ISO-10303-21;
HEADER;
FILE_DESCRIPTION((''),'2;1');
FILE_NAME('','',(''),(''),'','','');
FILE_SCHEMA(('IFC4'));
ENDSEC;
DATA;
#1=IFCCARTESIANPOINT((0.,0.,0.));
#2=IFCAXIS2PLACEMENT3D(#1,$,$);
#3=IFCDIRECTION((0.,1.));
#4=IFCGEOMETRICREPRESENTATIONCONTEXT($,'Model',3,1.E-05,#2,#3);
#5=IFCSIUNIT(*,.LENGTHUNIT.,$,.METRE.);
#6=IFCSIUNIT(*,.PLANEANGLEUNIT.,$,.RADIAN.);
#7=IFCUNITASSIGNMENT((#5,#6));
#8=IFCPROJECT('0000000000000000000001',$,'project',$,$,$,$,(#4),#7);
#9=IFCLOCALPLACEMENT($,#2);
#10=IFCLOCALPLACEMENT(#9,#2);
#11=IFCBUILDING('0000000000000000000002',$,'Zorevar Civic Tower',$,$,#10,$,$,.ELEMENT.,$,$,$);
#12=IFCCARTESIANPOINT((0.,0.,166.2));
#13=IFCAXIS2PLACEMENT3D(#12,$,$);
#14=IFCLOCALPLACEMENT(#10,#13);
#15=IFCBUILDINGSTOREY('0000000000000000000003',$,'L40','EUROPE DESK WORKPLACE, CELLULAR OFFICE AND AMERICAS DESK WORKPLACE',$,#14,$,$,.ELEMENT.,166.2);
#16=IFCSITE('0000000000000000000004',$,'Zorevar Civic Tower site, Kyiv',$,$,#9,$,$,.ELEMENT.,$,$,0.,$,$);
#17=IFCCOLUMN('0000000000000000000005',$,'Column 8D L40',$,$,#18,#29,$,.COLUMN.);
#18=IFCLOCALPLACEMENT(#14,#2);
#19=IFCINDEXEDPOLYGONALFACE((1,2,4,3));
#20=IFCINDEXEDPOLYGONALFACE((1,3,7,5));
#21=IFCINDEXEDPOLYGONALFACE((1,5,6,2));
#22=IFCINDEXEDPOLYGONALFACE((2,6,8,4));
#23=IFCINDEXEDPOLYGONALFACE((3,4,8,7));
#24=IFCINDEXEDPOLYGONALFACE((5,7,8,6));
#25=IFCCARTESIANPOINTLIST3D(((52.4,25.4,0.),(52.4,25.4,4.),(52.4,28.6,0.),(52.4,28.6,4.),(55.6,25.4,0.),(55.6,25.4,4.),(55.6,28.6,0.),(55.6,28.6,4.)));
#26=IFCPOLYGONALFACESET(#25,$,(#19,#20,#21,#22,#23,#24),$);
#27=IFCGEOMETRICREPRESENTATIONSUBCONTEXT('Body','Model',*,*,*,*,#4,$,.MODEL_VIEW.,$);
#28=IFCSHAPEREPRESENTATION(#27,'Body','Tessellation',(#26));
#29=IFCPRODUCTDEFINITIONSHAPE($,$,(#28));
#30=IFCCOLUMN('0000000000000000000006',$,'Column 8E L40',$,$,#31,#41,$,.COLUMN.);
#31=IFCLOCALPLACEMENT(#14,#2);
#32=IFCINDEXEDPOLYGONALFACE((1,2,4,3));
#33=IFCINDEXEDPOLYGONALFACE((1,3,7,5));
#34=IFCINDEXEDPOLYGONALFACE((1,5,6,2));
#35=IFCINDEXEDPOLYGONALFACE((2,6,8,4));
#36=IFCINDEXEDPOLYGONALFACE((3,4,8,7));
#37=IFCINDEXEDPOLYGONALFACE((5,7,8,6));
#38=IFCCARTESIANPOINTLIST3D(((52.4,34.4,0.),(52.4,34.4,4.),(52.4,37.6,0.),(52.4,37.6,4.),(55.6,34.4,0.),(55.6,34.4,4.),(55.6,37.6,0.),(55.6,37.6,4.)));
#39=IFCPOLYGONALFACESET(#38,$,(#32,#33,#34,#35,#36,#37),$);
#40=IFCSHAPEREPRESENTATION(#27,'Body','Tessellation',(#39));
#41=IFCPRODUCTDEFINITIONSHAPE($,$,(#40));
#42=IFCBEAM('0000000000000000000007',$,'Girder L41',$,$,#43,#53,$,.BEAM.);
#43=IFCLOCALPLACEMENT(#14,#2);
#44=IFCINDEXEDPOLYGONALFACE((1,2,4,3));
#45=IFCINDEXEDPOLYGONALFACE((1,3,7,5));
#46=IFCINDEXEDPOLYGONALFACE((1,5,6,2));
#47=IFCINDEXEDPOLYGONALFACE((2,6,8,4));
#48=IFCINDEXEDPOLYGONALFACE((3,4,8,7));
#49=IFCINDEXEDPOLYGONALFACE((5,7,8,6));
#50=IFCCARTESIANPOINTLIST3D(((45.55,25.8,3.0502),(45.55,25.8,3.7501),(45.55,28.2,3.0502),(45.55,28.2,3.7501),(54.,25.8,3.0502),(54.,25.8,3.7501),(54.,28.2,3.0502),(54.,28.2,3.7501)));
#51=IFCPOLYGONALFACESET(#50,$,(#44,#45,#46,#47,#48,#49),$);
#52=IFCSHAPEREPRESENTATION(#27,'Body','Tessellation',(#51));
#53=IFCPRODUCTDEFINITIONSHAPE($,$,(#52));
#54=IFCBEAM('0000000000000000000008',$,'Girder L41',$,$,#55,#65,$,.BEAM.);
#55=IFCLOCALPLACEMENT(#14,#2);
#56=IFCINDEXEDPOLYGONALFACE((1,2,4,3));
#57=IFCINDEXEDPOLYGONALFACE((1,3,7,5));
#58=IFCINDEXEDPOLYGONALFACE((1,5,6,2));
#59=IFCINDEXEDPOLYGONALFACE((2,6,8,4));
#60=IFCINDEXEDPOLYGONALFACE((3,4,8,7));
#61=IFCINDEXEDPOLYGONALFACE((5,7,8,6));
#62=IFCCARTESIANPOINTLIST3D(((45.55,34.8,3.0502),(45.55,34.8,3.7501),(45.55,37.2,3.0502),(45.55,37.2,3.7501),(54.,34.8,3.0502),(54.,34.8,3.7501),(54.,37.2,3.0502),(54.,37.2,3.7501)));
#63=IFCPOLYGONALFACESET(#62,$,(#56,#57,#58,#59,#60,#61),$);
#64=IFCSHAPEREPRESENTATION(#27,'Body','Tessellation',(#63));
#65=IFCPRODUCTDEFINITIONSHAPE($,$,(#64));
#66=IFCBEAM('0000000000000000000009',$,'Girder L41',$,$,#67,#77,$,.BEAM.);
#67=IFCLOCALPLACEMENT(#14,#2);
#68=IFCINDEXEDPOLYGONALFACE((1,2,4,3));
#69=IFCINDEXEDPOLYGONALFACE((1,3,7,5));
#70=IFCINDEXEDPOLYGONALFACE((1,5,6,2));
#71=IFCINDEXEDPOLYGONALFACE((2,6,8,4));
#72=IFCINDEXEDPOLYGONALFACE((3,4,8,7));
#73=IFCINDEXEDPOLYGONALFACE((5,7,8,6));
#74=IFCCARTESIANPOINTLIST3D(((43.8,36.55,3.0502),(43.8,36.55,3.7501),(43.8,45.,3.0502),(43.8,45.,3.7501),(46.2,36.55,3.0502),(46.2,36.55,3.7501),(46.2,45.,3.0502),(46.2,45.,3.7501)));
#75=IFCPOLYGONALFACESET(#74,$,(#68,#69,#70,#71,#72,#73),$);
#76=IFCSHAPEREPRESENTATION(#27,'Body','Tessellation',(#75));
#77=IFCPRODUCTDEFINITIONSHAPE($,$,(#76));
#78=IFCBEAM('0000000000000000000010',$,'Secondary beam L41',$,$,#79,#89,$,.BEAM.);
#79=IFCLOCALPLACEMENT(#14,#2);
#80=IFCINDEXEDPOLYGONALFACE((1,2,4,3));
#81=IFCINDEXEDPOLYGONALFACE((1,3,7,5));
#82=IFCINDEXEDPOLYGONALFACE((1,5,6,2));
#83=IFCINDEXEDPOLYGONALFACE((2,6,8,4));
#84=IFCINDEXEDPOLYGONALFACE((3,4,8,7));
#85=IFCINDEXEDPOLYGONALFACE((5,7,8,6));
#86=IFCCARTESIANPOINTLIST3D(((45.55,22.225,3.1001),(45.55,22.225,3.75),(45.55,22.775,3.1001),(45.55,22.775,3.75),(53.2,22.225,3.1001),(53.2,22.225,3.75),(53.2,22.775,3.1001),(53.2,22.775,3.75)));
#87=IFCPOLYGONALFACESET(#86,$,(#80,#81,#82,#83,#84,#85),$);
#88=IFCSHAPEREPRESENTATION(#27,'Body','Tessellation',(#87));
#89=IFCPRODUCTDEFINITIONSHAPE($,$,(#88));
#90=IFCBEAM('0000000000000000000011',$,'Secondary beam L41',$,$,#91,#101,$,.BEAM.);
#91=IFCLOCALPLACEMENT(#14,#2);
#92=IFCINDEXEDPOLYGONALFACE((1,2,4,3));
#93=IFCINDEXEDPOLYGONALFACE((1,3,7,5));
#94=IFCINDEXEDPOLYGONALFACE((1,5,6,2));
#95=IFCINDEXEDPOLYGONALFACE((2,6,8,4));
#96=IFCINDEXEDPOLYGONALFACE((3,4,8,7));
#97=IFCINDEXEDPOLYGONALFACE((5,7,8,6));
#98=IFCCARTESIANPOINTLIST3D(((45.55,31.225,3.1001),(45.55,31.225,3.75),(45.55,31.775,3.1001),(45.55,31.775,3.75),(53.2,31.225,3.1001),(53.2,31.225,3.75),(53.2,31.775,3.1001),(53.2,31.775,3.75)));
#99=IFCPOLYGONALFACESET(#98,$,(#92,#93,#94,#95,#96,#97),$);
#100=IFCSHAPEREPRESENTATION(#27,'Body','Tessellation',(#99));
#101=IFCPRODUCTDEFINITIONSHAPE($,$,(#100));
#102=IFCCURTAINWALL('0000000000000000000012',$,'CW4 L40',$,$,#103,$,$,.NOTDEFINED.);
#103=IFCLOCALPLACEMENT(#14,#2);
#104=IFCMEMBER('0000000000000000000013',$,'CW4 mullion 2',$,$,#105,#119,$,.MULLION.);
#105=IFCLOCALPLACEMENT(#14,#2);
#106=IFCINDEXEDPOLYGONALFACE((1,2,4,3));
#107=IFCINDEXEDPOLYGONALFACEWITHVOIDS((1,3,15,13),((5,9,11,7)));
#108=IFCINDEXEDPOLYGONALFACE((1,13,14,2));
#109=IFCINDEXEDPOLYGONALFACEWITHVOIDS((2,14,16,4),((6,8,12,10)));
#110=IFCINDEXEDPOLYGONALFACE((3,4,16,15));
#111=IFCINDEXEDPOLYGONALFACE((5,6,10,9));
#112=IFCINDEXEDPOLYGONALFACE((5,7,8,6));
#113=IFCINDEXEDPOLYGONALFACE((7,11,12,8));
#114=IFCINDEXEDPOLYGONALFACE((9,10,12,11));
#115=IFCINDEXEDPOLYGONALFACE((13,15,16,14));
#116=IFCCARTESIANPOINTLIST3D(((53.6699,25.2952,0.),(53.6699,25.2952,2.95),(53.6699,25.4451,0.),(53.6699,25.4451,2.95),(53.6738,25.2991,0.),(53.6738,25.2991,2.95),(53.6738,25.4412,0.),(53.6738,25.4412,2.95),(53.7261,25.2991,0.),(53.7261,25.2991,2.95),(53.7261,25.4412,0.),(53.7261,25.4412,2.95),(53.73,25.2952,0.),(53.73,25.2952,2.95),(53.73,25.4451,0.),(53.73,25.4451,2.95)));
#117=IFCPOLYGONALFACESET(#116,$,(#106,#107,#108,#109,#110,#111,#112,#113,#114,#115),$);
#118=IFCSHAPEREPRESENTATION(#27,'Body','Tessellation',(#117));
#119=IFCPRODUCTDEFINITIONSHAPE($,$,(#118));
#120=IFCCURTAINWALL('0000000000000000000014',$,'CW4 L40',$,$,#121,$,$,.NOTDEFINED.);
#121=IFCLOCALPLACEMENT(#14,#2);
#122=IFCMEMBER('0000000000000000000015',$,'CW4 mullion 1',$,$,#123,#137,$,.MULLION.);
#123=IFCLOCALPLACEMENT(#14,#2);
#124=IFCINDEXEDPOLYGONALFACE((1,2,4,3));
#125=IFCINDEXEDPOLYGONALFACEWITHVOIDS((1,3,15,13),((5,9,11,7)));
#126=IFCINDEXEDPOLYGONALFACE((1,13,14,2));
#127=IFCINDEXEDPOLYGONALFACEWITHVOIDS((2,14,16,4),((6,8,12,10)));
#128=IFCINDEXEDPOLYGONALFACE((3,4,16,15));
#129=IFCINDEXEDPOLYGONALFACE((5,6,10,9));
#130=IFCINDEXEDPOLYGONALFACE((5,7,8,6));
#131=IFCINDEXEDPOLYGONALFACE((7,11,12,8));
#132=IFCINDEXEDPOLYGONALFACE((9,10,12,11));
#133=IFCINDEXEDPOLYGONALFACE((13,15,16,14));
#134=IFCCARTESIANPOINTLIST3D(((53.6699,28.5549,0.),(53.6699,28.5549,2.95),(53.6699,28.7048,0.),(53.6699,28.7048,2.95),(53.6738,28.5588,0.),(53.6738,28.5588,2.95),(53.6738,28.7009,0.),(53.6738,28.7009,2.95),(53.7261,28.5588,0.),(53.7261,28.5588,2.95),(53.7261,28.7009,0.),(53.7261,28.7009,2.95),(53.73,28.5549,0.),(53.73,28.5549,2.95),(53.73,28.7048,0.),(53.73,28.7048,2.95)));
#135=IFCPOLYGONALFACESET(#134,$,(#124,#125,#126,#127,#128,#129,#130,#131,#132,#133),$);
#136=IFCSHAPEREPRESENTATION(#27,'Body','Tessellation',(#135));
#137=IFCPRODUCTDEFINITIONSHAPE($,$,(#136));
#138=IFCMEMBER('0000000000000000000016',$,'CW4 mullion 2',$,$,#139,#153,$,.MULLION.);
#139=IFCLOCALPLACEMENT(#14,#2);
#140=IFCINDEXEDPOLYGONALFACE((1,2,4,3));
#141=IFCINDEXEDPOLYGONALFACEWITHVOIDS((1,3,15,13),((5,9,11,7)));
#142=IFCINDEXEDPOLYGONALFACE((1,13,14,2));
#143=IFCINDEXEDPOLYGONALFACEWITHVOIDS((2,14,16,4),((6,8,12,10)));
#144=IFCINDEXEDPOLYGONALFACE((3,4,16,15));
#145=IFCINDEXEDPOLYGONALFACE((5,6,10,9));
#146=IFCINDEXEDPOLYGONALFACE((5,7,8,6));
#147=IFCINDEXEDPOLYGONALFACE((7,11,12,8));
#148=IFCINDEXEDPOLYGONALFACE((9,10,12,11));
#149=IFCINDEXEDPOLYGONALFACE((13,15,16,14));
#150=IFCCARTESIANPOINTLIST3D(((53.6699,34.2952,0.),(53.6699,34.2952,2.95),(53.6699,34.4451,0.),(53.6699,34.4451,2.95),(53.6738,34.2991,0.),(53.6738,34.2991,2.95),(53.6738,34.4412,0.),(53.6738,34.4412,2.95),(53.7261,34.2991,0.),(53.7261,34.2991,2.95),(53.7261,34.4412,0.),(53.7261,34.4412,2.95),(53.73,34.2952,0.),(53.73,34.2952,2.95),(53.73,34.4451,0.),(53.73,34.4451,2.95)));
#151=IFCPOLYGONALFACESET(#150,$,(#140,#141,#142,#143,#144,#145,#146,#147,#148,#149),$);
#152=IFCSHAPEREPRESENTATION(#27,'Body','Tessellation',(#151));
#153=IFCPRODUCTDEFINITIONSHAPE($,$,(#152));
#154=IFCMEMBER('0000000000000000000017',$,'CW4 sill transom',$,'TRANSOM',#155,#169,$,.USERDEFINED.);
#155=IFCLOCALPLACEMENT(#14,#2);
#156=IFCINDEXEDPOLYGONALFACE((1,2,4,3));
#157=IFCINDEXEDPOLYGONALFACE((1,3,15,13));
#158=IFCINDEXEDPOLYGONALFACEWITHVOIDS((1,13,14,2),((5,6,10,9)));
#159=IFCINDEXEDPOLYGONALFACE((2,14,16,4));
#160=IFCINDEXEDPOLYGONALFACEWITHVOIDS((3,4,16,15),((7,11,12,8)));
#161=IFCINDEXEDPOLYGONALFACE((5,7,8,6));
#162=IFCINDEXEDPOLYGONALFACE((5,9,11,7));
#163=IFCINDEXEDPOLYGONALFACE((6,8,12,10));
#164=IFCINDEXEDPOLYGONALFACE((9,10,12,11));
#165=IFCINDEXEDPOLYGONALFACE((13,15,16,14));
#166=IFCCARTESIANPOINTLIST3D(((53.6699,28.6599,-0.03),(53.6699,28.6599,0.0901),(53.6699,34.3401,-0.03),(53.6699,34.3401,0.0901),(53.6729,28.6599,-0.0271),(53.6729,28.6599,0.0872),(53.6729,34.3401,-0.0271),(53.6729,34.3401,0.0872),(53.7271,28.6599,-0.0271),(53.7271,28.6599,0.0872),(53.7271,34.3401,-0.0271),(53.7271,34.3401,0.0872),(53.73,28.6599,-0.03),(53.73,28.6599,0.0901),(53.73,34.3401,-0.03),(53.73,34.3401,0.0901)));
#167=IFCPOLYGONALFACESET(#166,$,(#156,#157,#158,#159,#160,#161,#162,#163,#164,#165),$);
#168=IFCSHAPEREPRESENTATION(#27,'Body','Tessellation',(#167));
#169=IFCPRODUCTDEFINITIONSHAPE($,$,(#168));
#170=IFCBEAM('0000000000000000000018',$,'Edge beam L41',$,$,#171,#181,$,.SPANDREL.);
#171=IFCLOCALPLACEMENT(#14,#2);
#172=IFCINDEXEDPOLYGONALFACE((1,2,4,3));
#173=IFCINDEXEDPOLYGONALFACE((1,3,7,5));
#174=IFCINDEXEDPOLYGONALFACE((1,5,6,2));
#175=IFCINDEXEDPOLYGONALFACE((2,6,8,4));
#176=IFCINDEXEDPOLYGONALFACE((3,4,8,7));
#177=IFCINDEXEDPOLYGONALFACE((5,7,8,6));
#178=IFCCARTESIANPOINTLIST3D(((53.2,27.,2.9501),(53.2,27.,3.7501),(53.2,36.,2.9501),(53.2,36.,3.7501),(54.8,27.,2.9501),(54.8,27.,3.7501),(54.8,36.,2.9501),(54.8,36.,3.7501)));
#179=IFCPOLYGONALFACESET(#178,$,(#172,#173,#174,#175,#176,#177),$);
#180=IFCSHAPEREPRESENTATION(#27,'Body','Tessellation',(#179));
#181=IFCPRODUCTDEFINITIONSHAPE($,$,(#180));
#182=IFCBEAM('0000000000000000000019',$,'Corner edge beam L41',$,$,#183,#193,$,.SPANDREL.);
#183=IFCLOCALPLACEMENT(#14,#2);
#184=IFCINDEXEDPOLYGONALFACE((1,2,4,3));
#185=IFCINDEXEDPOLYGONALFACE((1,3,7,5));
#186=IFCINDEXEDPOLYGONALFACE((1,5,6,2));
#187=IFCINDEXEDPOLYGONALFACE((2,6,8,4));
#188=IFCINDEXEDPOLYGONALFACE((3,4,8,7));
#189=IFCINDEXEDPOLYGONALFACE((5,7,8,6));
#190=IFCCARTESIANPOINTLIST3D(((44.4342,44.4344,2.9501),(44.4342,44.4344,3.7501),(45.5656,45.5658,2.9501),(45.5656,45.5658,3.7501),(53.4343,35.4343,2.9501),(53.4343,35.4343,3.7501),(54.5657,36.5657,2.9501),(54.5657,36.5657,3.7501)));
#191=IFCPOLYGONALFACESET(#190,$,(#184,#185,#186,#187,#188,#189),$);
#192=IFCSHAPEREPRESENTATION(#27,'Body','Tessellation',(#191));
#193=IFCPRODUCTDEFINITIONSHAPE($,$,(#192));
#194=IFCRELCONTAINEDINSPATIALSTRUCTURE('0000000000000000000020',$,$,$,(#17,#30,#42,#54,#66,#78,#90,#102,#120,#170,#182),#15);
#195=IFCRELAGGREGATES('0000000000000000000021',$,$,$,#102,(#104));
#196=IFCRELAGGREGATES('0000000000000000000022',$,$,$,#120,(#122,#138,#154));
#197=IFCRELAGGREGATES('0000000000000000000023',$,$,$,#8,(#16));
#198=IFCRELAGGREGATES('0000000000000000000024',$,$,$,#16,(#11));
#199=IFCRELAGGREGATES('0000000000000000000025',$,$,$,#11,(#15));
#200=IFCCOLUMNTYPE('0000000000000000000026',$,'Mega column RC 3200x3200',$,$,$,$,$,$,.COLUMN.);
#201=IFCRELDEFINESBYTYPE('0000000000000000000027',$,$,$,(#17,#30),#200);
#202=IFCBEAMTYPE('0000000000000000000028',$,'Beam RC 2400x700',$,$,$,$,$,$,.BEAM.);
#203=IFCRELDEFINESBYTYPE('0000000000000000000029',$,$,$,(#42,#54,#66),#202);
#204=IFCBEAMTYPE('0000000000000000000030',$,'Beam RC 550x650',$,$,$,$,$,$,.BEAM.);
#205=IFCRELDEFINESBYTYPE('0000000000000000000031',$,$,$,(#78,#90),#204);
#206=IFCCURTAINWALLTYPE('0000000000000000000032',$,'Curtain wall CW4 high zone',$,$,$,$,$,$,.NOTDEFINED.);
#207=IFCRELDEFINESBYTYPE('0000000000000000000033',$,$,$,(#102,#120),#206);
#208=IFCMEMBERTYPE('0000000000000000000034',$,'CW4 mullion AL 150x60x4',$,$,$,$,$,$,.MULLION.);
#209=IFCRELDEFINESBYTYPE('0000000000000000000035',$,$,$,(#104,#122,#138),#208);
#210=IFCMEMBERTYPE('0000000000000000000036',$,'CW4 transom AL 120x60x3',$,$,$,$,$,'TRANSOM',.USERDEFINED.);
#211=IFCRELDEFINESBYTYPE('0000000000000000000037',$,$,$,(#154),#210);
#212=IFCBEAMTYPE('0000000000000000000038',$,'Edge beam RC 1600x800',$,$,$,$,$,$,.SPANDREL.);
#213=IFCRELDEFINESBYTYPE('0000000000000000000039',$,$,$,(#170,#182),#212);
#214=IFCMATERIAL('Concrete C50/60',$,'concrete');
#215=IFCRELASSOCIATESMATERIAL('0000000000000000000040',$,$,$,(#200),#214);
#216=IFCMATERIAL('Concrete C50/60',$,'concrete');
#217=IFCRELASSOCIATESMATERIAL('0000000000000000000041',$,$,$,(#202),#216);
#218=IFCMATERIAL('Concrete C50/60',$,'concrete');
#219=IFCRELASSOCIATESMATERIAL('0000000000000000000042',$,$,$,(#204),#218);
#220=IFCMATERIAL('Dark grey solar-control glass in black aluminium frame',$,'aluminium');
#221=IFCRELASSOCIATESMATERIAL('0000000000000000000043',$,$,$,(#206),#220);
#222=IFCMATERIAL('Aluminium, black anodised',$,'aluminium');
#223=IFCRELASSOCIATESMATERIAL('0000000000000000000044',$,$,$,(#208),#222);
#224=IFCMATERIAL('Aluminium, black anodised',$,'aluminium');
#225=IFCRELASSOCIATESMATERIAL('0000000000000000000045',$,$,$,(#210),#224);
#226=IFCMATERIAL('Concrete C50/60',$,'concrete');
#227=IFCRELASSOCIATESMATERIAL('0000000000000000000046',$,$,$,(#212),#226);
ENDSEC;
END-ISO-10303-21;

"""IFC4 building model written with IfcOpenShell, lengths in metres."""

from ifc_helpers import new_model, si_unit, direction, frame, origin, origin_2d, place, context, subcontext, project, spatial, rectangle, hollow_rectangle, extrude, material, material_profile, profile_set, type_object, element, aggregate, save


model = new_model("IFC4")

# Units and contexts
model_context = context("Model", 3, precision=1e-05, world=origin(), true_north=direction((0.0, 1.0)))
body_context = subcontext(model_context, "Body", "Model", "MODEL_VIEW")
ifc_project = project(units=[si_unit("LENGTHUNIT", "METRE"), si_unit("PLANEANGLEUNIT", "RADIAN")], contexts=[model_context])

# Site, building, storey
site_placement = place(None, origin())
site = spatial("IfcSite", under=ifc_project, at=site_placement, Name="Zorevar Civic Tower site, Kyiv", CompositionType="ELEMENT", RefElevation=0.0)
building_placement = place(site_placement, origin())
building = spatial("IfcBuilding", under=site, at=building_placement, Name="Zorevar Civic Tower", CompositionType="ELEMENT")
storey_placement = place(building_placement, frame((0.0, 0.0, 166.2)))
storey = spatial("IfcBuildingStorey", under=building, at=storey_placement, Name="L40", Description="EUROPE DESK WORKPLACE, CELLULAR OFFICE AND AMERICAS DESK WORKPLACE", CompositionType="ELEMENT", Elevation=166.2)

# Columns
ifc_material_1 = material(Name="Concrete C50/60", Category="concrete")
ifc_material_profile_1 = material_profile(ifc_material_1, rectangle(XDim=3.2, YDim=3.2, at=origin_2d()), Name="RC 3200x3200")
ifc_profile_set_1 = profile_set([ifc_material_profile_1], Name="Concrete C50/60")
column_type = type_object("IfcColumnType", Name="Mega column RC 3200x3200", PredefinedType="COLUMN", material=ifc_profile_set_1)
for number, where, z_axis, x_axis, name in (
    (1, (54.0, 27.0, 0.0), (0.0, 0.0, 1.0), (1.0, 0.0, 0.0), "Column 8D L40"),
    (2, (54.0, 36.0, 0.0), (0.0, 0.0, 1.0), (1.0, 0.0, 0.0), "Column 8E L40"),
):
    element("IfcColumn", number, at=place(storey_placement, frame(where, z_axis=z_axis, x_axis=x_axis)), inside=storey, type_object=column_type, Name=name, PredefinedType="COLUMN", context=body_context, shape_type="SweptSolid", body=[
        extrude(rectangle(XDim=3.2, YDim=3.2, at=origin_2d()), origin(), (0.0, 0.0, 1.0), 4.0),
    ])

# Beams
ifc_material_2 = material(Name="Concrete C50/60", Category="concrete")
ifc_material_profile_2 = material_profile(ifc_material_2, rectangle(XDim=2.3999, YDim=0.7, at=origin_2d()), Name="RC 2400x700")
ifc_profile_set_2 = profile_set([ifc_material_profile_2], Name="Concrete C50/60")
beam_type_1 = type_object("IfcBeamType", Name="Beam RC 2400x700", PredefinedType="BEAM", material=ifc_profile_set_2)
for number, where, z_axis, x_axis, name in (
    (3, (45.55, 27.0, 3.4001), (1.0, 0.0, 0.0), (0.0, 1.0, 0.0), "Girder L41"),
    (4, (45.55, 36.0, 3.4001), (1.0, 0.0, 0.0), (0.0, 1.0, 0.0), "Girder L41"),
    (5, (45.0, 36.55, 3.4001), (0.0, 1.0, 0.0), (-1.0, 0.0, 0.0), "Girder L41"),
):
    element("IfcBeam", number, at=place(storey_placement, frame(where, z_axis=z_axis, x_axis=x_axis)), inside=storey, type_object=beam_type_1, Name=name, PredefinedType="BEAM", context=body_context, shape_type="SweptSolid", body=[
        extrude(rectangle(XDim=2.3999, YDim=0.7, at=origin_2d()), origin(), (0.0, 0.0, 1.0), 8.45),
    ])
ifc_material_3 = material(Name="Concrete C50/60", Category="concrete")
ifc_material_profile_3 = material_profile(ifc_material_3, rectangle(XDim=0.55, YDim=0.6499, at=origin_2d()), Name="RC 550x650")
ifc_profile_set_3 = profile_set([ifc_material_profile_3], Name="Concrete C50/60")
beam_type_2 = type_object("IfcBeamType", Name="Beam RC 550x650", PredefinedType="BEAM", material=ifc_profile_set_3)
for number, where, z_axis, x_axis, name in (
    (6, (45.55, 22.5, 3.425), (1.0, 0.0, 0.0), (0.0, 1.0, 0.0), "Secondary beam L41"),
    (7, (45.55, 31.5, 3.425), (1.0, 0.0, 0.0), (0.0, 1.0, 0.0), "Secondary beam L41"),
):
    element("IfcBeam", number, at=place(storey_placement, frame(where, z_axis=z_axis, x_axis=x_axis)), inside=storey, type_object=beam_type_2, Name=name, PredefinedType="BEAM", context=body_context, shape_type="SweptSolid", body=[
        extrude(rectangle(XDim=0.55, YDim=0.6499, at=origin_2d()), origin(), (0.0, 0.0, 1.0), 7.6499),
    ])

# Curtain wall, member
ifc_material_4 = material(Name="Dark grey solar-control glass in black aluminium frame", Category="aluminium")
curtain_wall_type = type_object("IfcCurtainWallType", Name="Curtain wall CW4 high zone", PredefinedType="NOTDEFINED", material=ifc_material_4)
curtain_wall_1_placement = place(storey_placement, origin())
curtain_wall_1 = element("IfcCurtainWall", 8, at=curtain_wall_1_placement, inside=storey, type_object=curtain_wall_type, Name="CW4 L40", PredefinedType="NOTDEFINED")
ifc_material_5 = material(Name="Aluminium, black anodised", Category="aluminium")
ifc_material_profile_4 = material_profile(ifc_material_5, hollow_rectangle(XDim=0.0601, YDim=0.1499, WallThickness=0.0039, at=origin_2d()), Name="AL 150x60x4")
ifc_profile_set_4 = profile_set([ifc_material_profile_4], Name="Aluminium, black anodised")
member_type_1 = type_object("IfcMemberType", Name="CW4 mullion AL 150x60x4", PredefinedType="MULLION", material=ifc_profile_set_4)
member_1_placement = place(storey_placement, frame((53.7, 25.3701, 0.0), z_axis=(0.0, 0.0, 1.0), x_axis=(-1.0, 0.0, 0.0)))
member_1 = element("IfcMember", 9, at=member_1_placement, type_object=member_type_1, Name="CW4 mullion 2", PredefinedType="MULLION", context=body_context, shape_type="SweptSolid", body=[
    extrude(hollow_rectangle(XDim=0.0601, YDim=0.1499, WallThickness=0.0039, at=origin_2d()), origin(), (0.0, 0.0, 1.0), 2.95),
])

# Curtain wall, members
curtain_wall_2_placement = place(storey_placement, origin())
curtain_wall_2 = element("IfcCurtainWall", 10, at=curtain_wall_2_placement, inside=storey, type_object=curtain_wall_type, Name="CW4 L40", PredefinedType="NOTDEFINED")
member_2_placement = place(storey_placement, frame((53.7, 28.6299, 0.0), z_axis=(0.0, 0.0, 1.0), x_axis=(-1.0, 0.0, 0.0)))
member_2 = element("IfcMember", 11, at=member_2_placement, type_object=member_type_1, Name="CW4 mullion 1", PredefinedType="MULLION", context=body_context, shape_type="SweptSolid", body=[
    extrude(hollow_rectangle(XDim=0.0601, YDim=0.1499, WallThickness=0.0039, at=origin_2d()), origin(), (0.0, 0.0, 1.0), 2.95),
])
member_3_placement = place(storey_placement, frame((53.7, 34.3701, 0.0), z_axis=(0.0, 0.0, 1.0), x_axis=(-1.0, 0.0, 0.0)))
member_3 = element("IfcMember", 12, at=member_3_placement, type_object=member_type_1, Name="CW4 mullion 2", PredefinedType="MULLION", context=body_context, shape_type="SweptSolid", body=[
    extrude(hollow_rectangle(XDim=0.0601, YDim=0.1499, WallThickness=0.0039, at=origin_2d()), origin(), (0.0, 0.0, 1.0), 2.95),
])
ifc_material_6 = material(Name="Aluminium, black anodised", Category="aluminium")
ifc_material_profile_5 = material_profile(ifc_material_6, hollow_rectangle(XDim=0.0601, YDim=0.1201, WallThickness=0.0029, at=origin_2d()), Name="AL 120x60x3")
ifc_profile_set_5 = profile_set([ifc_material_profile_5], Name="Aluminium, black anodised")
member_type_2 = type_object("IfcMemberType", Name="CW4 transom AL 120x60x3", ElementType="TRANSOM", PredefinedType="USERDEFINED", material=ifc_profile_set_5)
member_4_placement = place(storey_placement, frame((53.7, 28.6599, 0.03), z_axis=(0.0, 1.0, 0.0), x_axis=(-1.0, 0.0, 0.0)))
member_4 = element("IfcMember", 13, at=member_4_placement, type_object=member_type_2, Name="CW4 sill transom", ObjectType="TRANSOM", PredefinedType="USERDEFINED", context=body_context, shape_type="SweptSolid", body=[
    extrude(hollow_rectangle(XDim=0.0601, YDim=0.1201, WallThickness=0.0029, at=origin_2d()), origin(), (0.0, 0.0, 1.0), 5.6802),
])

# Beams
ifc_material_7 = material(Name="Concrete C50/60", Category="concrete")
ifc_material_profile_6 = material_profile(ifc_material_7, rectangle(XDim=1.6001, YDim=0.8, at=origin_2d()), Name="RC 1600x800")
ifc_profile_set_6 = profile_set([ifc_material_profile_6], Name="Concrete C50/60")
beam_type_3 = type_object("IfcBeamType", Name="Edge beam RC 1600x800", PredefinedType="SPANDREL", material=ifc_profile_set_6)
beam_1_placement = place(storey_placement, frame((54.0, 27.0, 3.3501), z_axis=(0.0, 1.0, 0.0), x_axis=(-1.0, 0.0, 0.0)))
element("IfcBeam", 14, at=beam_1_placement, inside=storey, type_object=beam_type_3, Name="Edge beam L41", PredefinedType="SPANDREL", context=body_context, shape_type="SweptSolid", body=[
    extrude(rectangle(XDim=1.6001, YDim=0.8, at=origin_2d()), origin(), (0.0, 0.0, 1.0), 9.0),
])
beam_2_placement = place(storey_placement, frame((54.0, 36.0, 3.3501), z_axis=(-0.707107, 0.707107, 0.0), x_axis=(-0.707107, -0.707107, 0.0)))
element("IfcBeam", 15, at=beam_2_placement, inside=storey, type_object=beam_type_3, Name="Corner edge beam L41", PredefinedType="SPANDREL", context=body_context, shape_type="SweptSolid", body=[
    extrude(rectangle(XDim=1.6001, YDim=0.8, at=origin_2d()), origin(), (0.0, 0.0, 1.0), 12.728),
])

aggregate(curtain_wall_1, [member_1])
aggregate(curtain_wall_2, [member_2, member_3, member_4])

save(model, "model.ifc")
